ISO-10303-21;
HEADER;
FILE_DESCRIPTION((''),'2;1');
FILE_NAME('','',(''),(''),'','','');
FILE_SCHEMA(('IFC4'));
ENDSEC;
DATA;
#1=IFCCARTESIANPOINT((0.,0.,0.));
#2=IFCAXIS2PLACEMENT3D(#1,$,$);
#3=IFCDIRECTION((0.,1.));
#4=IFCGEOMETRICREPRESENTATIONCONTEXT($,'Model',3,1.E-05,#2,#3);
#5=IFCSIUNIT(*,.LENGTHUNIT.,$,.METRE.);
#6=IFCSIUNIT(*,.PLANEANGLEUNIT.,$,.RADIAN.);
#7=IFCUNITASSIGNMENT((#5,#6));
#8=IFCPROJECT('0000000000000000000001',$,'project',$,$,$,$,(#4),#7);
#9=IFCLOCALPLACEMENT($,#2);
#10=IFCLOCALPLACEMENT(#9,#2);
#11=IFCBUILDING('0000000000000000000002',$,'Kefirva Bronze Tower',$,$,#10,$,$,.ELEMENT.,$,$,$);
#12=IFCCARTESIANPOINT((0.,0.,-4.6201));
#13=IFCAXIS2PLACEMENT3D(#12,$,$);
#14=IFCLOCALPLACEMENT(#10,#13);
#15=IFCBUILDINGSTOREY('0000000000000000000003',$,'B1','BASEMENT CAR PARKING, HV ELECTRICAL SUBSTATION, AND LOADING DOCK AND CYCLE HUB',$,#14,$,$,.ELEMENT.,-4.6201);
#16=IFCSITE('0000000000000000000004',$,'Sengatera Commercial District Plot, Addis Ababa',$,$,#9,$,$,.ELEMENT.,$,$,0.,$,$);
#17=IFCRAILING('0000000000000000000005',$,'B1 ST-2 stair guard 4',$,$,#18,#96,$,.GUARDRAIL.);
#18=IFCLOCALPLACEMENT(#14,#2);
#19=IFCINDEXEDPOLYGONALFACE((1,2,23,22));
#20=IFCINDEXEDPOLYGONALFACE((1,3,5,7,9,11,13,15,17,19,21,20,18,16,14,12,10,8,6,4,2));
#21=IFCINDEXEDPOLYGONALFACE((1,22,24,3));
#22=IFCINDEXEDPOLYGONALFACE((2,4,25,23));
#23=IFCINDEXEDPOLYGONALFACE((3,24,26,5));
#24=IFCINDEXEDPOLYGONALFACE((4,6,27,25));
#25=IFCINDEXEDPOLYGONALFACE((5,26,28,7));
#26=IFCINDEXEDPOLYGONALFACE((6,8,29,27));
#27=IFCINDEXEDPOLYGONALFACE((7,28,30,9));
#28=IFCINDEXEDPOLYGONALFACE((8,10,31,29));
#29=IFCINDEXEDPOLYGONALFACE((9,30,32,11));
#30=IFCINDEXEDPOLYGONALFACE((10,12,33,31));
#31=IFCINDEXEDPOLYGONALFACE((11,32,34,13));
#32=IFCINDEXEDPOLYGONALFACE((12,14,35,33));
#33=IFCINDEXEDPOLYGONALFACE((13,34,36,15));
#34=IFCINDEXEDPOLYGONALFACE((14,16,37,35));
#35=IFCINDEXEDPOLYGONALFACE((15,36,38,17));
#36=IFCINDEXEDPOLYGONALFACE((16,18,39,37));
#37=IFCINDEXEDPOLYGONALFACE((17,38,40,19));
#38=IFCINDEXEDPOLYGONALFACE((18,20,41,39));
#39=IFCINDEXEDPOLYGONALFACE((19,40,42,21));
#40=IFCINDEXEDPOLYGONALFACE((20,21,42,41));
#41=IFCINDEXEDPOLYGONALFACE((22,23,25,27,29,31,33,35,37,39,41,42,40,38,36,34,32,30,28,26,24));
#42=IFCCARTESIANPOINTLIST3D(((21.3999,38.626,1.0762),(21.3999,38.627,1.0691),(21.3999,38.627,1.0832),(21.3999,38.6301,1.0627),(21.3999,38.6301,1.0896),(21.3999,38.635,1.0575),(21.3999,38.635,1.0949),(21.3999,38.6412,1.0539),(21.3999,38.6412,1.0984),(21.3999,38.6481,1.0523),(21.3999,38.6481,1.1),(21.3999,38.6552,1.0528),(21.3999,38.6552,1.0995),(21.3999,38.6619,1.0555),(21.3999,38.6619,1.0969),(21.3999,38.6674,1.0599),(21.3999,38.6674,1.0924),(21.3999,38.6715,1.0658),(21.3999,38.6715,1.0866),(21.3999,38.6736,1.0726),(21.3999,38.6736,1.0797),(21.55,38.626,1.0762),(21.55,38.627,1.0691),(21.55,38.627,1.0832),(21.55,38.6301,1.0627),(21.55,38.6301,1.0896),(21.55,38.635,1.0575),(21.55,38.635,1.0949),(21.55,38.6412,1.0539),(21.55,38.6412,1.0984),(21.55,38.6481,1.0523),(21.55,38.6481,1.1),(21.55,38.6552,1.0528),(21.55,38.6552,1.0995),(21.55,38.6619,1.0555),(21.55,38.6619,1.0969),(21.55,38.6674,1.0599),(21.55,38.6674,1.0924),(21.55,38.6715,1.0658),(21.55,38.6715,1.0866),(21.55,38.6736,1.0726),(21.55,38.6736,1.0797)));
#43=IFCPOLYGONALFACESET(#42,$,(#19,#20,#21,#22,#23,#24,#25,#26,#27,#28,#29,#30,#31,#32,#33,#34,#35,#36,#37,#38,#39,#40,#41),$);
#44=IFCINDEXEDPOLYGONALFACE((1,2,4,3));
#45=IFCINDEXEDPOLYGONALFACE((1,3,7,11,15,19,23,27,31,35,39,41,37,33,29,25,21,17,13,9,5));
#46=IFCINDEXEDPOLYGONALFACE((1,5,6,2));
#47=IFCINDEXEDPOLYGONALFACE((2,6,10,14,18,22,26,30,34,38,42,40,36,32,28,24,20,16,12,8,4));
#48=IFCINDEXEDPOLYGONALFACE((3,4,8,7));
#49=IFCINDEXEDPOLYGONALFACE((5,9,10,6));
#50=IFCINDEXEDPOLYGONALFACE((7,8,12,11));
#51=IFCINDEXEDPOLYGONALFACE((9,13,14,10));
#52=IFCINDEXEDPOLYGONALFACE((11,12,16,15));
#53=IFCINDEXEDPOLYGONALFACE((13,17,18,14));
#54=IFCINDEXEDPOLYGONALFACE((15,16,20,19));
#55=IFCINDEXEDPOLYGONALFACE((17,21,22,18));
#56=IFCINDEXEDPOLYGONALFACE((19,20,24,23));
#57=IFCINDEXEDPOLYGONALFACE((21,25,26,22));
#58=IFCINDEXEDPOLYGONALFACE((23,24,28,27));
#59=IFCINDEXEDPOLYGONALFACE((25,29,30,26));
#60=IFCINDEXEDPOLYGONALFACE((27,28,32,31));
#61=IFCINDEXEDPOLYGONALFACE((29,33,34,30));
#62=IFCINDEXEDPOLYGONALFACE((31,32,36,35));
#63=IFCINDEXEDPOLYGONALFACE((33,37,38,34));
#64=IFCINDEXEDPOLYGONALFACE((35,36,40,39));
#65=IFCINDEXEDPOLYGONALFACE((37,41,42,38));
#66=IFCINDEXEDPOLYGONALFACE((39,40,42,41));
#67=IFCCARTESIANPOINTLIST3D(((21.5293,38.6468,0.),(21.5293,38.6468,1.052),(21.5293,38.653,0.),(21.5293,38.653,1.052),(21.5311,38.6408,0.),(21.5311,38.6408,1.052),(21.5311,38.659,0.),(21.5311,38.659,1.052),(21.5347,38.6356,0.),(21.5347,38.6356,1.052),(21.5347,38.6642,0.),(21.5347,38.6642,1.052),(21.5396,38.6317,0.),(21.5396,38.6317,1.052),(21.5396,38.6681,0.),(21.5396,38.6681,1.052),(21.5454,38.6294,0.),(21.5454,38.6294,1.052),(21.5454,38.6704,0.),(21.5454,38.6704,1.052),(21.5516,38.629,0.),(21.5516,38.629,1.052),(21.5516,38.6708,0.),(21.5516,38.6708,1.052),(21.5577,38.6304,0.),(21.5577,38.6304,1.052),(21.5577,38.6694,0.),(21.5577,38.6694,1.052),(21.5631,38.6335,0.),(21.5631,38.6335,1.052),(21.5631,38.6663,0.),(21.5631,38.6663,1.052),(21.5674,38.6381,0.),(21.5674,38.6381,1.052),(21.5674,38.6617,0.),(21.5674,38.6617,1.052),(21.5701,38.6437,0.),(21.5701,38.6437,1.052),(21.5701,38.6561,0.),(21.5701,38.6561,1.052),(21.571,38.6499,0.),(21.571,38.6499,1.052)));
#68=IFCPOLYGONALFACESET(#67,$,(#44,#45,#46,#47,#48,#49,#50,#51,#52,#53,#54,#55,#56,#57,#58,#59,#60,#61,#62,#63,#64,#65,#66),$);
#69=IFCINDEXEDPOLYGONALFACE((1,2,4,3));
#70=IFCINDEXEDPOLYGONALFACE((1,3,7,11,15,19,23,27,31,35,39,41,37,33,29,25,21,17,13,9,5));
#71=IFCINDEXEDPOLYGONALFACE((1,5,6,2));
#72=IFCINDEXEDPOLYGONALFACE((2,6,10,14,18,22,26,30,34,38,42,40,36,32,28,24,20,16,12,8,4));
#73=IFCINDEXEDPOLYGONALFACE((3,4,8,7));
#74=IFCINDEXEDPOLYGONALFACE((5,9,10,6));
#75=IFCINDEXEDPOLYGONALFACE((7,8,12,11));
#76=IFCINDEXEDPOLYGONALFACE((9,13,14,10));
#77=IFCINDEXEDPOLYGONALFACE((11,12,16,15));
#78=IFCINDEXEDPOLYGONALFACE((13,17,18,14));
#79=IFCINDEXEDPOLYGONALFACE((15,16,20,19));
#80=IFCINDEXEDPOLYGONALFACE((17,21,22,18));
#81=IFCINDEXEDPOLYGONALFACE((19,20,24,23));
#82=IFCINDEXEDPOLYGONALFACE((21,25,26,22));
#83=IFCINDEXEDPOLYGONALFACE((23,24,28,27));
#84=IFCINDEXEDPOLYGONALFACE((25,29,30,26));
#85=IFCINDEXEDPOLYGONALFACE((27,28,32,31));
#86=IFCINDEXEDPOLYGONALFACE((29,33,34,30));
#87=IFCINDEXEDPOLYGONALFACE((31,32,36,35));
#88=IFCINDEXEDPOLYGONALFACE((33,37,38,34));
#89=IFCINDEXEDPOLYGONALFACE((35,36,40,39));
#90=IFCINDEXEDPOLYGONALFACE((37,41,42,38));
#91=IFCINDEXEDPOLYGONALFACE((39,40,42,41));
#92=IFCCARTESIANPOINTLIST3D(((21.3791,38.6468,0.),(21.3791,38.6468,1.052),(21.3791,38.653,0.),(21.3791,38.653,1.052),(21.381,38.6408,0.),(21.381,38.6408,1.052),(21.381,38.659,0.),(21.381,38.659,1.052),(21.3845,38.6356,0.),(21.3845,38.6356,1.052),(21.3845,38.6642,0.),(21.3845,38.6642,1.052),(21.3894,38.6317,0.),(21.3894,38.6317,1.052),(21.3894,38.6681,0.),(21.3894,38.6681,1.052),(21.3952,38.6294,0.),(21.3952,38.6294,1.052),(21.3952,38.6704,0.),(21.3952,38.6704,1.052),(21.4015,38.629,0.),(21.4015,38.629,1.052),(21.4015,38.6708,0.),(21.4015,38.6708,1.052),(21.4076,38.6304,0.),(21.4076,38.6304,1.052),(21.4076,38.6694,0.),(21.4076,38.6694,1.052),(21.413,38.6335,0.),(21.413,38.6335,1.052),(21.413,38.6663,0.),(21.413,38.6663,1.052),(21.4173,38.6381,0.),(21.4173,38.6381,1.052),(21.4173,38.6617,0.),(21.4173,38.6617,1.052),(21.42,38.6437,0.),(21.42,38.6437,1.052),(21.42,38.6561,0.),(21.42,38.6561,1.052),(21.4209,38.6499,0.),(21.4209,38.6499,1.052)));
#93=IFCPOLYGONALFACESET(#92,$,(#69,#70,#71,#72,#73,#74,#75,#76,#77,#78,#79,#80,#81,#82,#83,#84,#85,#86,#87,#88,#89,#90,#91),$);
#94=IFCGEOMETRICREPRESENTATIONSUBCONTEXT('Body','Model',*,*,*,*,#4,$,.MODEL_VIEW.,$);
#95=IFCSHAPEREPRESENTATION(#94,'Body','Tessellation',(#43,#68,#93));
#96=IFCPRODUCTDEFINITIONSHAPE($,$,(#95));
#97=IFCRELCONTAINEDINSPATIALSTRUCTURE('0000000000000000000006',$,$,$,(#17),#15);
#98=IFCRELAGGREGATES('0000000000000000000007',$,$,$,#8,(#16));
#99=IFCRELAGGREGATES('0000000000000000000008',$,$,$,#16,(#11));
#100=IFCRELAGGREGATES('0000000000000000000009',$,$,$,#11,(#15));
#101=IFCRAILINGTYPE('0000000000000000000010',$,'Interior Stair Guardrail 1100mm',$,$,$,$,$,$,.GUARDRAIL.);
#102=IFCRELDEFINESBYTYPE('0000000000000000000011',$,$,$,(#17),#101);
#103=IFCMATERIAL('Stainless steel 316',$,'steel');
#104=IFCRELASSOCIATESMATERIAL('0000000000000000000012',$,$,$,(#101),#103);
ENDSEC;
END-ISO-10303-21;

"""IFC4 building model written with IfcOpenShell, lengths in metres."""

from ifc_helpers import new_model, si_unit, direction, frame, origin, origin_2d, place, context, subcontext, project, spatial, circle, extrude, material, type_object, element, save


model = new_model("IFC4")

# Units and contexts
model_context = context("Model", 3, precision=1e-05, world=origin(), true_north=direction((0.0, 1.0)))
body_context = subcontext(model_context, "Body", "Model", "MODEL_VIEW")
ifc_project = project(units=[si_unit("LENGTHUNIT", "METRE"), si_unit("PLANEANGLEUNIT", "RADIAN")], contexts=[model_context])

# Site, building, storey
site_placement = place(None, origin())
site = spatial("IfcSite", under=ifc_project, at=site_placement, Name="Sengatera Commercial District Plot, Addis Ababa", CompositionType="ELEMENT", RefElevation=0.0)
building_placement = place(site_placement, origin())
building = spatial("IfcBuilding", under=site, at=building_placement, Name="Kefirva Bronze Tower", CompositionType="ELEMENT")
storey_placement = place(building_placement, frame((0.0, 0.0, -4.6201)))
storey = spatial("IfcBuildingStorey", under=building, at=storey_placement, Name="B1", Description="BASEMENT CAR PARKING, HV ELECTRICAL SUBSTATION, AND LOADING DOCK AND CYCLE HUB", CompositionType="ELEMENT", Elevation=-4.6201)

# Railing
ifc_material_1 = material(Name="Stainless steel 316", Category="steel")
railing_type_1 = type_object("IfcRailingType", Name="Interior Stair Guardrail 1100mm", PredefinedType="GUARDRAIL", material=ifc_material_1)
railing_1_placement = place(storey_placement, frame((21.55, 38.6499, 0.0)))
element("IfcRailing", 1, at=railing_1_placement, inside=storey, type_object=railing_type_1, Name="B1 ST-2 stair guard 4", PredefinedType="GUARDRAIL", context=body_context, shape_type="SweptSolid", body=[
    extrude(circle(Radius=0.0239, at=origin_2d()), frame((0.0, 0.0, 1.0762), z_axis=(-1.0, 0.0, 0.0), x_axis=(0.0, -1.0, 0.0)), (0.0, 0.0, 1.0), 0.1501),
    extrude(circle(Radius=0.021, at=origin_2d()), origin(), (0.0, 0.0, 1.0), 1.052),
    extrude(circle(Radius=0.021, at=origin_2d()), frame((-0.1501, 0.0, 0.0)), (0.0, 0.0, 1.0), 1.052),
])

save(model, "model.ifc")
